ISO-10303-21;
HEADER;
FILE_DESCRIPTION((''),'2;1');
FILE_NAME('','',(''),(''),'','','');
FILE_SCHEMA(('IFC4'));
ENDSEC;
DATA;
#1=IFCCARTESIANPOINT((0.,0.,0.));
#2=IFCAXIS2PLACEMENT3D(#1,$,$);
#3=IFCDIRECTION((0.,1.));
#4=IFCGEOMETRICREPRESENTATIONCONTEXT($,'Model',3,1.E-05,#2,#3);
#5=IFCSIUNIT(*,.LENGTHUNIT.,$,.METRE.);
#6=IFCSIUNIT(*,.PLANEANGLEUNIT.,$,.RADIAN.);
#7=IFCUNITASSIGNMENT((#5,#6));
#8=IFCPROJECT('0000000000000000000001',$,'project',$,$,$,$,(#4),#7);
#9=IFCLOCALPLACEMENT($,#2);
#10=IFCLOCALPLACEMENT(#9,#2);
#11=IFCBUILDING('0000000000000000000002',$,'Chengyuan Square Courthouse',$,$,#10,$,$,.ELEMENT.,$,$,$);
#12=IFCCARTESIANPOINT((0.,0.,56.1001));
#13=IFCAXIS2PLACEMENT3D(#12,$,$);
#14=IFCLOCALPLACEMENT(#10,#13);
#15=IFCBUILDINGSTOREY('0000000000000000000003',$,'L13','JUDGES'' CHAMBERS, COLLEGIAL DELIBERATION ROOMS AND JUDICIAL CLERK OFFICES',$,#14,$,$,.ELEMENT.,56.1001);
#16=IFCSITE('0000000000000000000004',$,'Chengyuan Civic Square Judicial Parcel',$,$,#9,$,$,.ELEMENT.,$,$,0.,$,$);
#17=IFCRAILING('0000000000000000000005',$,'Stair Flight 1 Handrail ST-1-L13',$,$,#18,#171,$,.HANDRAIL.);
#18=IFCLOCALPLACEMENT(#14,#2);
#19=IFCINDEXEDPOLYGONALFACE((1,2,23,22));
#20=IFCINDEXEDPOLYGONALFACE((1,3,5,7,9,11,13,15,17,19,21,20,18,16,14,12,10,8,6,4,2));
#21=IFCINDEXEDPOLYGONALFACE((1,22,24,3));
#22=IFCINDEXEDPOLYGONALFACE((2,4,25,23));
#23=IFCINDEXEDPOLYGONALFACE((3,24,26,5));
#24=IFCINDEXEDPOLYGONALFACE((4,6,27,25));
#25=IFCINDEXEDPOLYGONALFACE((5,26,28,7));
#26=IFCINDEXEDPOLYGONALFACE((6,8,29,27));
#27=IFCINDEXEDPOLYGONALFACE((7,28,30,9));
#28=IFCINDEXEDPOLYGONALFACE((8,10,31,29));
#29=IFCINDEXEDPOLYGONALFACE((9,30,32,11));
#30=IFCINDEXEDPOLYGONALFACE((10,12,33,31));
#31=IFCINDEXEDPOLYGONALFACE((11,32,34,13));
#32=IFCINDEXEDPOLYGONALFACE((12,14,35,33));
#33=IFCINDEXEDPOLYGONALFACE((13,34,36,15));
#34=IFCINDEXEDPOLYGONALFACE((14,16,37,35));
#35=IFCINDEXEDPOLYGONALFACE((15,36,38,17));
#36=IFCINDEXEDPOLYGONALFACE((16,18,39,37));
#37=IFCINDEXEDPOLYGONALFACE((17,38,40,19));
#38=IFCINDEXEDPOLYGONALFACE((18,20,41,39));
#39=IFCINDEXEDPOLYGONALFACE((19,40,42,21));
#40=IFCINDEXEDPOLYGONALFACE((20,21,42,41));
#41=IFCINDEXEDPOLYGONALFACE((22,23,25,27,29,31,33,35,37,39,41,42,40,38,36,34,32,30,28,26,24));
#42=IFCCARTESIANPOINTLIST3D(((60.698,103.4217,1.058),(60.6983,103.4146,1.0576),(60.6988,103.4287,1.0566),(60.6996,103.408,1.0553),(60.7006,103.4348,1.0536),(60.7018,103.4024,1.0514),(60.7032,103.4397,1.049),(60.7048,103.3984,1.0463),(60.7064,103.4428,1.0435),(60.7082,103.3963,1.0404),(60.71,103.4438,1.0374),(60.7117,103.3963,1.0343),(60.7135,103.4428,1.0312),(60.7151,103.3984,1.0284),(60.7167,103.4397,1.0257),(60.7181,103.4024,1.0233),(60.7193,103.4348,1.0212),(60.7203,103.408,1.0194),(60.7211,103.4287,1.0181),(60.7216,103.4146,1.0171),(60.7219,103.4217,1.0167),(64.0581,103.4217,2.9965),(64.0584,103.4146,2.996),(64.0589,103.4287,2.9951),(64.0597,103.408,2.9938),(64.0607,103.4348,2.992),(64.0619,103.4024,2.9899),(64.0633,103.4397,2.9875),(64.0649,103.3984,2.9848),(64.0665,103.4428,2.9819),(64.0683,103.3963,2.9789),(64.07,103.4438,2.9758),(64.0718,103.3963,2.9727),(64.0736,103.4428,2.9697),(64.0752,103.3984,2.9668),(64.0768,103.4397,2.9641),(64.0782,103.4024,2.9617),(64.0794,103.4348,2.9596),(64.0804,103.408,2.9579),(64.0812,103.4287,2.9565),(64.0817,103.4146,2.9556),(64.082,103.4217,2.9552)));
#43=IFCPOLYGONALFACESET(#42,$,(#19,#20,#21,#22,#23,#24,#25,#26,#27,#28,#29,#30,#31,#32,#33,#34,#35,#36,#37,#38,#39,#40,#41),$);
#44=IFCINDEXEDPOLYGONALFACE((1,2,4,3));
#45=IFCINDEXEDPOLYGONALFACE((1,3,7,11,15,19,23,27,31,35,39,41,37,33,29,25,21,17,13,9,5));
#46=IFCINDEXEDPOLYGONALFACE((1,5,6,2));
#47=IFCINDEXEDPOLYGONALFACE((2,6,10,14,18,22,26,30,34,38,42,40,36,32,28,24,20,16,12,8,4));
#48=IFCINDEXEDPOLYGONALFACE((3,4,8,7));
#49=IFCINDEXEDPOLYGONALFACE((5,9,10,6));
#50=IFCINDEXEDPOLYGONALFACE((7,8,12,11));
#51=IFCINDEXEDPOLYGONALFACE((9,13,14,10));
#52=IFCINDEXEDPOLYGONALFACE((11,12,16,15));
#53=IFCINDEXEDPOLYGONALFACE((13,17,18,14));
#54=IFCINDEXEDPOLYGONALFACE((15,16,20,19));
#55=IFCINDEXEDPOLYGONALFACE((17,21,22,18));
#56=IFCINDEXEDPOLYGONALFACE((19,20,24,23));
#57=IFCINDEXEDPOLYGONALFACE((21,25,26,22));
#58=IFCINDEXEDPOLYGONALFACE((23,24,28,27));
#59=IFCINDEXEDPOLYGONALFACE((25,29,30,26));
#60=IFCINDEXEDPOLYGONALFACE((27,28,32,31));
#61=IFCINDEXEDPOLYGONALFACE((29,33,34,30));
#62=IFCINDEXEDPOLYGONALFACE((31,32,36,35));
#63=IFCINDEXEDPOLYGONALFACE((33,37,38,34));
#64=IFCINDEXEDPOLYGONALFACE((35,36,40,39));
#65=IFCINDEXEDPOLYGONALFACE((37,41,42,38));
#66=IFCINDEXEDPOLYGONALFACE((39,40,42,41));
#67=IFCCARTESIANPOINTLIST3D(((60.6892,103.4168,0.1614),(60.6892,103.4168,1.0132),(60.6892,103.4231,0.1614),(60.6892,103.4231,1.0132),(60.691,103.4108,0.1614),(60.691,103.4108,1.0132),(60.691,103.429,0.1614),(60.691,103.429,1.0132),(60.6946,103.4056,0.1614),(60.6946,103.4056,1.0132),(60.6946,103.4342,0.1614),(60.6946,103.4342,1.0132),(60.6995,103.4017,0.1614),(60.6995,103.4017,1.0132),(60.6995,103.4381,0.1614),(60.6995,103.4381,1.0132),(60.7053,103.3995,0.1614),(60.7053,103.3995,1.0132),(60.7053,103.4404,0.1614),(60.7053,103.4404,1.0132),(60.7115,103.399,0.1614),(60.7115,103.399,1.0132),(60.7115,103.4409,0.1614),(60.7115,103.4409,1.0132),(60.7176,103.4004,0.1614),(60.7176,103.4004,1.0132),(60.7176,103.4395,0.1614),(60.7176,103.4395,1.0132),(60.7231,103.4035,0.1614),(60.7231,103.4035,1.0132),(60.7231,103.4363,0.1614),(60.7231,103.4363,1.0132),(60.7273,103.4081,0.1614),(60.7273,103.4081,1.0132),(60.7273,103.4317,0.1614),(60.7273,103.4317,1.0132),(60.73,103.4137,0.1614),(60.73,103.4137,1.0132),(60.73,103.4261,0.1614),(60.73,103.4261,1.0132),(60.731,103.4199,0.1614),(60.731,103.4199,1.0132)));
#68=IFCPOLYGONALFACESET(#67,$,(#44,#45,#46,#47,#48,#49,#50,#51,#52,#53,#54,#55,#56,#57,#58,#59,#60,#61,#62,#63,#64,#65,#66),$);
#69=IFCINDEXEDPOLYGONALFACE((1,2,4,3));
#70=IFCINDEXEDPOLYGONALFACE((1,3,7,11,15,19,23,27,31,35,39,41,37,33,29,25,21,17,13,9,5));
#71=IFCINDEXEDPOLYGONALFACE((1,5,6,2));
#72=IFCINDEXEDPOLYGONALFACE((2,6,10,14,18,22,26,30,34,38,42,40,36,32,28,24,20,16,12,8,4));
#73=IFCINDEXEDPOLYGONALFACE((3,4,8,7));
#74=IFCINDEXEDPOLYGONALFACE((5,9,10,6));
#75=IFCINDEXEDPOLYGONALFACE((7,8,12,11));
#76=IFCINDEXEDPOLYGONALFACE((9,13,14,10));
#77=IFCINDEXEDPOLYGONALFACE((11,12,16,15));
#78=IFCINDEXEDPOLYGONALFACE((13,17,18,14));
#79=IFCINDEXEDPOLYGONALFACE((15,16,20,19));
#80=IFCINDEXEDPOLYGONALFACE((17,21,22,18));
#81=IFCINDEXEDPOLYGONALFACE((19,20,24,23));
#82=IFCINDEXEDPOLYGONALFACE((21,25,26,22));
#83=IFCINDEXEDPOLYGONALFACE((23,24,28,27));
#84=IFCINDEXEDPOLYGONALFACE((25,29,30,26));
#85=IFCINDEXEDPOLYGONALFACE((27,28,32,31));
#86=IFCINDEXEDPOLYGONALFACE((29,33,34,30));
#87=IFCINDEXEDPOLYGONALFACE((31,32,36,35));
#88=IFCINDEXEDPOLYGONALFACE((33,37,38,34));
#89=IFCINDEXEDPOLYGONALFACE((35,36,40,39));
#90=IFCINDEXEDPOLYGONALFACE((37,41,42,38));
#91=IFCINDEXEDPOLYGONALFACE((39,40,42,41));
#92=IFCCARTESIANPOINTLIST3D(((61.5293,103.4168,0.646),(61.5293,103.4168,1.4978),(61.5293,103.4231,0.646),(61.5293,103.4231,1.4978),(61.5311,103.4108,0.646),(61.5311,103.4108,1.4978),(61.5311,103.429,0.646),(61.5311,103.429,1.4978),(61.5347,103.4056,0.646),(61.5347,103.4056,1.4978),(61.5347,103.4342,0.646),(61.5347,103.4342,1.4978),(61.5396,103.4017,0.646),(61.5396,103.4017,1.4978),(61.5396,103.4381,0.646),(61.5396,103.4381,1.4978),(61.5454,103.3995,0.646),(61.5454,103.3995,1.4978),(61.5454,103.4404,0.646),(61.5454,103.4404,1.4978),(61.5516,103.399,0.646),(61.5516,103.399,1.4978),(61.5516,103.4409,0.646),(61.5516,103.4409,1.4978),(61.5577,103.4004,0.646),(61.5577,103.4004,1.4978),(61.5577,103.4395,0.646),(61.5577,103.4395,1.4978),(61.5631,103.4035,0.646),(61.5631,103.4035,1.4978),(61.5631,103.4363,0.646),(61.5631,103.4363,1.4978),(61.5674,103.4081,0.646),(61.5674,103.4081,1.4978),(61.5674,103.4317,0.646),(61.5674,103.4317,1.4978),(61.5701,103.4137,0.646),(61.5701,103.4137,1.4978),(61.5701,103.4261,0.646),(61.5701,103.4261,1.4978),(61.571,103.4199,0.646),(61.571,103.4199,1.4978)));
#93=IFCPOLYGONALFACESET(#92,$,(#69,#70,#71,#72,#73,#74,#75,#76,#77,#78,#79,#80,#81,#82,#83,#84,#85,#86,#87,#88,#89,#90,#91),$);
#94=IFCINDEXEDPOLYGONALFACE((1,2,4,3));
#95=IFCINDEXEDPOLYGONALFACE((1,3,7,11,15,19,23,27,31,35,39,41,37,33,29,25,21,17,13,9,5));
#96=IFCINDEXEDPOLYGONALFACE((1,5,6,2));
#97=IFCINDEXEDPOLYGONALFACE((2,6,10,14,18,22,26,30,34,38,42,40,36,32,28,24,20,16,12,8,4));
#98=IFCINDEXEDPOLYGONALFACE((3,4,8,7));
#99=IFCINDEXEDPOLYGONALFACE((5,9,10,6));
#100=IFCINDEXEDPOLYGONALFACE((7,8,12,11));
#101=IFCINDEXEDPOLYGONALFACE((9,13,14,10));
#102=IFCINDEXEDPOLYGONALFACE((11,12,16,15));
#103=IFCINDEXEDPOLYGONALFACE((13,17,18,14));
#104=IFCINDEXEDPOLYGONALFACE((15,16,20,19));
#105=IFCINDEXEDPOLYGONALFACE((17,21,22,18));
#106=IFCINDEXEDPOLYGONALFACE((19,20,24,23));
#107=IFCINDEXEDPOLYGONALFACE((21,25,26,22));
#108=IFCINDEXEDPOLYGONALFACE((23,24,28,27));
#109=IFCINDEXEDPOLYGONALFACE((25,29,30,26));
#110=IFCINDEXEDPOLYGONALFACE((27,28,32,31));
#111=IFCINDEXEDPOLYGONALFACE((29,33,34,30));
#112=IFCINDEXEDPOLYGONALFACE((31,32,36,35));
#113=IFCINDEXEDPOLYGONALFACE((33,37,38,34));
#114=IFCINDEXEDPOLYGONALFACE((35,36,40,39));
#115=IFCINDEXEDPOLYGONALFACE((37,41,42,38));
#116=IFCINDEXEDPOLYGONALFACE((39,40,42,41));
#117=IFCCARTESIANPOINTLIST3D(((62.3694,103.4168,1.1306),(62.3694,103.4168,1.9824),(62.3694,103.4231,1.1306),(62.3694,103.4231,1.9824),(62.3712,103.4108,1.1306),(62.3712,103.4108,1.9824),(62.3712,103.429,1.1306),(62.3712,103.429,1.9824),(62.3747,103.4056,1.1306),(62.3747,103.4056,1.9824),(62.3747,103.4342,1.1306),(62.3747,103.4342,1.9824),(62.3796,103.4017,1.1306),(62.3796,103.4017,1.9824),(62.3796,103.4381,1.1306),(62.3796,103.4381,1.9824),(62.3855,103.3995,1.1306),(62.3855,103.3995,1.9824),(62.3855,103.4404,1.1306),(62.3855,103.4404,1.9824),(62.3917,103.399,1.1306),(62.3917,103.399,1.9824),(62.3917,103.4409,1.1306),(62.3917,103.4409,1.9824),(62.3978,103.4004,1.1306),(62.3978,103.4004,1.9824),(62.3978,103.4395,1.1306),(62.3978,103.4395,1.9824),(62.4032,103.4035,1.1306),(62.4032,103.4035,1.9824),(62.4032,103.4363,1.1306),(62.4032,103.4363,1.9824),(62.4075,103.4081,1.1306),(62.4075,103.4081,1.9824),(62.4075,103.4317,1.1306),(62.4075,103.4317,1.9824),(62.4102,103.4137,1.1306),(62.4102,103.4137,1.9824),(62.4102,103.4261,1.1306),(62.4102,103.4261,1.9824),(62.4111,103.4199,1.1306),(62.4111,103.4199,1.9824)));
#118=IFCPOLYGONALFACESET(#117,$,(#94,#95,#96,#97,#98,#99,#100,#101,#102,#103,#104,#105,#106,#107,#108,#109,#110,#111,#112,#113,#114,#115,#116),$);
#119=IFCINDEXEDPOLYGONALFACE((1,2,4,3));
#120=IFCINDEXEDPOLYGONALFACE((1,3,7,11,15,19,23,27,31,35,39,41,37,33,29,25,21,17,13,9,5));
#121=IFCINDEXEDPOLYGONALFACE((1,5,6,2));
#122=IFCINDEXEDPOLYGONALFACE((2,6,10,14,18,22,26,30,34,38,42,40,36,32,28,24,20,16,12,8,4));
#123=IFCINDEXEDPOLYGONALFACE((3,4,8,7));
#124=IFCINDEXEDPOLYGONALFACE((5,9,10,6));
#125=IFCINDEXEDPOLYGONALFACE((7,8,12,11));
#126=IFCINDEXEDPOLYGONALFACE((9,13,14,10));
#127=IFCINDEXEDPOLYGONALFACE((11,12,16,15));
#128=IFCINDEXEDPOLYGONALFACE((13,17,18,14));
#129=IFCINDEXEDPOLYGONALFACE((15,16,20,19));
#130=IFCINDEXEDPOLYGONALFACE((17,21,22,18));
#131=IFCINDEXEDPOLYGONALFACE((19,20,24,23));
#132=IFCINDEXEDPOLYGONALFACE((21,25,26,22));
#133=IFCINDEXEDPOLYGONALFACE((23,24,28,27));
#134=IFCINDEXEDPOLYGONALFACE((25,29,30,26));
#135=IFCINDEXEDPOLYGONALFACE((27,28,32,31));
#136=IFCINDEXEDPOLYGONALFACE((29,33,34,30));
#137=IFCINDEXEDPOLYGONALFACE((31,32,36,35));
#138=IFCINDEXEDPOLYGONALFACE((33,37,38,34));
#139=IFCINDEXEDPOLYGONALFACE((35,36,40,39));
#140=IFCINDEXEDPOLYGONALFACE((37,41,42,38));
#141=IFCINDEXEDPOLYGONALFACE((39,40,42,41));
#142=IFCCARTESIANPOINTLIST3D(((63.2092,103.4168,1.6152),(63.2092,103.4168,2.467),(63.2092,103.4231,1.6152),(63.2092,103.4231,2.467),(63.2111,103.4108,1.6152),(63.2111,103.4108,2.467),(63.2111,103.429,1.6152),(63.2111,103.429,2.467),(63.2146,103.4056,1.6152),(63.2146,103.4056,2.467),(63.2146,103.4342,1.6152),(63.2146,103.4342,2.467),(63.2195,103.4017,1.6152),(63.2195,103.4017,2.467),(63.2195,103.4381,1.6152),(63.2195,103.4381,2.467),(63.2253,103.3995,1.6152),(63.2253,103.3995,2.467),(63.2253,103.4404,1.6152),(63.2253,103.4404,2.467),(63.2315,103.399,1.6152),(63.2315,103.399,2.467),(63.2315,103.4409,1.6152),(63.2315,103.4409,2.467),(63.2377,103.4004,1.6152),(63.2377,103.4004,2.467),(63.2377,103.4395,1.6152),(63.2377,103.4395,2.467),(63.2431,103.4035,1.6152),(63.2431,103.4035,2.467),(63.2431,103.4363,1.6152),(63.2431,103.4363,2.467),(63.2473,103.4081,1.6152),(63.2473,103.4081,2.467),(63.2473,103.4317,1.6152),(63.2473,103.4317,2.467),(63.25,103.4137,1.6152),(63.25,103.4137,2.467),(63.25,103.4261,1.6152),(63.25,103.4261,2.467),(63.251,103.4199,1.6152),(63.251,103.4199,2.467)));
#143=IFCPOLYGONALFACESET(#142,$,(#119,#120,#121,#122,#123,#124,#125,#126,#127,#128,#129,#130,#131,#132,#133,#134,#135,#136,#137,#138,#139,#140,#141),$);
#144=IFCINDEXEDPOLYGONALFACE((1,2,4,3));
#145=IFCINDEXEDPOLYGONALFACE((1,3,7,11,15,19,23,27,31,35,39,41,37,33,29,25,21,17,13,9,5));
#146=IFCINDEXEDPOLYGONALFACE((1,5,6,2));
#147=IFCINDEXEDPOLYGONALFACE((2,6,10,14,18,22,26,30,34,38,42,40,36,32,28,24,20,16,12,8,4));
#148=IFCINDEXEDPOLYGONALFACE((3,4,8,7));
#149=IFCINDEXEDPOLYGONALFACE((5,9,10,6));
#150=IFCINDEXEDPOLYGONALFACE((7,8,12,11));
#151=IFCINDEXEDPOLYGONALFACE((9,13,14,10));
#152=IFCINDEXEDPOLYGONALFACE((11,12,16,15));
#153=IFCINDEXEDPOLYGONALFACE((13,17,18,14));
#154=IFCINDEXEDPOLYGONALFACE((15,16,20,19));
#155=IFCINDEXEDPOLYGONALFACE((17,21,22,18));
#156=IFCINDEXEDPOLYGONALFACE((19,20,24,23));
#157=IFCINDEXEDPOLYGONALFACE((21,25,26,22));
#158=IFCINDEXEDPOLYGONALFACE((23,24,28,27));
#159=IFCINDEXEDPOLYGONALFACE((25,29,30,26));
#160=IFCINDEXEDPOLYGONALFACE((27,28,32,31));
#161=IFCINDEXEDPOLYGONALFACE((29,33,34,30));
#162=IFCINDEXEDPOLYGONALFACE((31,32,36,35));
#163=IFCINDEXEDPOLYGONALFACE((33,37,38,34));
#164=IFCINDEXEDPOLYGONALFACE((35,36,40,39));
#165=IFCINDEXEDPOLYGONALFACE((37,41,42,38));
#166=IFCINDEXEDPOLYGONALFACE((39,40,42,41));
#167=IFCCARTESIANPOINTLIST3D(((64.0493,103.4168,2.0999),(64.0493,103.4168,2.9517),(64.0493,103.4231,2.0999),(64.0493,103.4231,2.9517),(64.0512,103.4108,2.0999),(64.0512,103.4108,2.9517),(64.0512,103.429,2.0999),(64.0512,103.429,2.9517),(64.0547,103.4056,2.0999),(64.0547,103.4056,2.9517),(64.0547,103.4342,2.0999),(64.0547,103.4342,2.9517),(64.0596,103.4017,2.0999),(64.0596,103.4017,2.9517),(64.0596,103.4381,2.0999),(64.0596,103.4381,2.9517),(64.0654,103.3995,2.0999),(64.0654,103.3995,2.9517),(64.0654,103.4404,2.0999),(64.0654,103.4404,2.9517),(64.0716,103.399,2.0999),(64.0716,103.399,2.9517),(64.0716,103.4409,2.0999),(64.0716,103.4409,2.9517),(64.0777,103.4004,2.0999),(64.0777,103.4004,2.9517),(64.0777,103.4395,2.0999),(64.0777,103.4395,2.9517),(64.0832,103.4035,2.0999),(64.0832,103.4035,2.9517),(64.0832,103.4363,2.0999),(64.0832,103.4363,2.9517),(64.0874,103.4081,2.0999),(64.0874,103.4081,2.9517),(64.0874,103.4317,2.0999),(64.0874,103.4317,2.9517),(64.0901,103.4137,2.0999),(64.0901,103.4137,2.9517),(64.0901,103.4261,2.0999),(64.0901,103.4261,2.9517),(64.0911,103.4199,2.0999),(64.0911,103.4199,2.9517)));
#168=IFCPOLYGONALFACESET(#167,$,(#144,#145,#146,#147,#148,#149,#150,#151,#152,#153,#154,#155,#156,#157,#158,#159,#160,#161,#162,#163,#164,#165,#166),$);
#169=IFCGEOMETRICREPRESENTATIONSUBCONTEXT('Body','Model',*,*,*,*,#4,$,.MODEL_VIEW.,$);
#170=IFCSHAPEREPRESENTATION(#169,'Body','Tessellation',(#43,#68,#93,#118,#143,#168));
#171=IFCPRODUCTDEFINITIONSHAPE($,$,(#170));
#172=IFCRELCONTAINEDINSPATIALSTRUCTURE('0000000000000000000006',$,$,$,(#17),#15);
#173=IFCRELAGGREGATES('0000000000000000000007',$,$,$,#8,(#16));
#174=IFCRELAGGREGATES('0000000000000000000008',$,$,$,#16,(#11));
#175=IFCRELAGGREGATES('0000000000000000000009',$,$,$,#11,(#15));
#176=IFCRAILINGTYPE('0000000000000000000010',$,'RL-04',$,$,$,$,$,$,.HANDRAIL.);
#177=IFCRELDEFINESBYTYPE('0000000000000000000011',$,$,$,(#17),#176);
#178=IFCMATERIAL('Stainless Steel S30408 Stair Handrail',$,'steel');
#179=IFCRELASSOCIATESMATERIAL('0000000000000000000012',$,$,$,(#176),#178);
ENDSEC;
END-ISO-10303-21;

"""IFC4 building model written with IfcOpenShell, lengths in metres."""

from ifc_helpers import new_model, si_unit, direction, frame, origin, origin_2d, place, context, subcontext, project, spatial, circle, extrude, material, type_object, element, save


model = new_model("IFC4")

# Units and contexts
model_context = context("Model", 3, precision=1e-05, world=origin(), true_north=direction((0.0, 1.0)))
body_context = subcontext(model_context, "Body", "Model", "MODEL_VIEW")
ifc_project = project(units=[si_unit("LENGTHUNIT", "METRE"), si_unit("PLANEANGLEUNIT", "RADIAN")], contexts=[model_context])

# Site, building, storey
site_placement = place(None, origin())
site = spatial("IfcSite", under=ifc_project, at=site_placement, Name="Chengyuan Civic Square Judicial Parcel", CompositionType="ELEMENT", RefElevation=0.0)
building_placement = place(site_placement, origin())
building = spatial("IfcBuilding", under=site, at=building_placement, Name="Chengyuan Square Courthouse", CompositionType="ELEMENT")
storey_placement = place(building_placement, frame((0.0, 0.0, 56.1001)))
storey = spatial("IfcBuildingStorey", under=building, at=storey_placement, Name="L13", Description="JUDGES' CHAMBERS, COLLEGIAL DELIBERATION ROOMS AND JUDICIAL CLERK OFFICES", CompositionType="ELEMENT", Elevation=56.1001)

# Railing
ifc_material_1 = material(Name="Stainless Steel S30408 Stair Handrail", Category="steel")
railing_type_1 = type_object("IfcRailingType", Name="RL-04", PredefinedType="HANDRAIL", material=ifc_material_1)
railing_1_placement = place(storey_placement, frame((60.71, 103.4199, 0.1614)))
element("IfcRailing", 1, at=railing_1_placement, inside=storey, type_object=railing_type_1, Name="Stair Flight 1 Handrail ST-1-L13", PredefinedType="HANDRAIL", context=body_context, shape_type="SweptSolid", body=[
    extrude(circle(Radius=0.0239, at=origin_2d()), frame((0.0, 0.0, 0.876), z_axis=(0.866191, 0.0, 0.499713), x_axis=(0.0, 1.0, 0.0)), (0.0, 0.0, 1.0), 3.8792),
    extrude(circle(Radius=0.021, at=origin_2d()), origin(), (0.0, 0.0, 1.0), 0.8518),
    extrude(circle(Radius=0.021, at=origin_2d()), frame((0.8401, 0.0, 0.4846)), (0.0, 0.0, 1.0), 0.8518),
    extrude(circle(Radius=0.021, at=origin_2d()), frame((1.6802, 0.0, 0.9692)), (0.0, 0.0, 1.0), 0.8518),
    extrude(circle(Radius=0.021, at=origin_2d()), frame((2.52, 0.0, 1.4539)), (0.0, 0.0, 1.0), 0.8518),
    extrude(circle(Radius=0.021, at=origin_2d()), frame((3.3601, 0.0, 1.9385)), (0.0, 0.0, 1.0), 0.8518),
])

save(model, "model.ifc")
